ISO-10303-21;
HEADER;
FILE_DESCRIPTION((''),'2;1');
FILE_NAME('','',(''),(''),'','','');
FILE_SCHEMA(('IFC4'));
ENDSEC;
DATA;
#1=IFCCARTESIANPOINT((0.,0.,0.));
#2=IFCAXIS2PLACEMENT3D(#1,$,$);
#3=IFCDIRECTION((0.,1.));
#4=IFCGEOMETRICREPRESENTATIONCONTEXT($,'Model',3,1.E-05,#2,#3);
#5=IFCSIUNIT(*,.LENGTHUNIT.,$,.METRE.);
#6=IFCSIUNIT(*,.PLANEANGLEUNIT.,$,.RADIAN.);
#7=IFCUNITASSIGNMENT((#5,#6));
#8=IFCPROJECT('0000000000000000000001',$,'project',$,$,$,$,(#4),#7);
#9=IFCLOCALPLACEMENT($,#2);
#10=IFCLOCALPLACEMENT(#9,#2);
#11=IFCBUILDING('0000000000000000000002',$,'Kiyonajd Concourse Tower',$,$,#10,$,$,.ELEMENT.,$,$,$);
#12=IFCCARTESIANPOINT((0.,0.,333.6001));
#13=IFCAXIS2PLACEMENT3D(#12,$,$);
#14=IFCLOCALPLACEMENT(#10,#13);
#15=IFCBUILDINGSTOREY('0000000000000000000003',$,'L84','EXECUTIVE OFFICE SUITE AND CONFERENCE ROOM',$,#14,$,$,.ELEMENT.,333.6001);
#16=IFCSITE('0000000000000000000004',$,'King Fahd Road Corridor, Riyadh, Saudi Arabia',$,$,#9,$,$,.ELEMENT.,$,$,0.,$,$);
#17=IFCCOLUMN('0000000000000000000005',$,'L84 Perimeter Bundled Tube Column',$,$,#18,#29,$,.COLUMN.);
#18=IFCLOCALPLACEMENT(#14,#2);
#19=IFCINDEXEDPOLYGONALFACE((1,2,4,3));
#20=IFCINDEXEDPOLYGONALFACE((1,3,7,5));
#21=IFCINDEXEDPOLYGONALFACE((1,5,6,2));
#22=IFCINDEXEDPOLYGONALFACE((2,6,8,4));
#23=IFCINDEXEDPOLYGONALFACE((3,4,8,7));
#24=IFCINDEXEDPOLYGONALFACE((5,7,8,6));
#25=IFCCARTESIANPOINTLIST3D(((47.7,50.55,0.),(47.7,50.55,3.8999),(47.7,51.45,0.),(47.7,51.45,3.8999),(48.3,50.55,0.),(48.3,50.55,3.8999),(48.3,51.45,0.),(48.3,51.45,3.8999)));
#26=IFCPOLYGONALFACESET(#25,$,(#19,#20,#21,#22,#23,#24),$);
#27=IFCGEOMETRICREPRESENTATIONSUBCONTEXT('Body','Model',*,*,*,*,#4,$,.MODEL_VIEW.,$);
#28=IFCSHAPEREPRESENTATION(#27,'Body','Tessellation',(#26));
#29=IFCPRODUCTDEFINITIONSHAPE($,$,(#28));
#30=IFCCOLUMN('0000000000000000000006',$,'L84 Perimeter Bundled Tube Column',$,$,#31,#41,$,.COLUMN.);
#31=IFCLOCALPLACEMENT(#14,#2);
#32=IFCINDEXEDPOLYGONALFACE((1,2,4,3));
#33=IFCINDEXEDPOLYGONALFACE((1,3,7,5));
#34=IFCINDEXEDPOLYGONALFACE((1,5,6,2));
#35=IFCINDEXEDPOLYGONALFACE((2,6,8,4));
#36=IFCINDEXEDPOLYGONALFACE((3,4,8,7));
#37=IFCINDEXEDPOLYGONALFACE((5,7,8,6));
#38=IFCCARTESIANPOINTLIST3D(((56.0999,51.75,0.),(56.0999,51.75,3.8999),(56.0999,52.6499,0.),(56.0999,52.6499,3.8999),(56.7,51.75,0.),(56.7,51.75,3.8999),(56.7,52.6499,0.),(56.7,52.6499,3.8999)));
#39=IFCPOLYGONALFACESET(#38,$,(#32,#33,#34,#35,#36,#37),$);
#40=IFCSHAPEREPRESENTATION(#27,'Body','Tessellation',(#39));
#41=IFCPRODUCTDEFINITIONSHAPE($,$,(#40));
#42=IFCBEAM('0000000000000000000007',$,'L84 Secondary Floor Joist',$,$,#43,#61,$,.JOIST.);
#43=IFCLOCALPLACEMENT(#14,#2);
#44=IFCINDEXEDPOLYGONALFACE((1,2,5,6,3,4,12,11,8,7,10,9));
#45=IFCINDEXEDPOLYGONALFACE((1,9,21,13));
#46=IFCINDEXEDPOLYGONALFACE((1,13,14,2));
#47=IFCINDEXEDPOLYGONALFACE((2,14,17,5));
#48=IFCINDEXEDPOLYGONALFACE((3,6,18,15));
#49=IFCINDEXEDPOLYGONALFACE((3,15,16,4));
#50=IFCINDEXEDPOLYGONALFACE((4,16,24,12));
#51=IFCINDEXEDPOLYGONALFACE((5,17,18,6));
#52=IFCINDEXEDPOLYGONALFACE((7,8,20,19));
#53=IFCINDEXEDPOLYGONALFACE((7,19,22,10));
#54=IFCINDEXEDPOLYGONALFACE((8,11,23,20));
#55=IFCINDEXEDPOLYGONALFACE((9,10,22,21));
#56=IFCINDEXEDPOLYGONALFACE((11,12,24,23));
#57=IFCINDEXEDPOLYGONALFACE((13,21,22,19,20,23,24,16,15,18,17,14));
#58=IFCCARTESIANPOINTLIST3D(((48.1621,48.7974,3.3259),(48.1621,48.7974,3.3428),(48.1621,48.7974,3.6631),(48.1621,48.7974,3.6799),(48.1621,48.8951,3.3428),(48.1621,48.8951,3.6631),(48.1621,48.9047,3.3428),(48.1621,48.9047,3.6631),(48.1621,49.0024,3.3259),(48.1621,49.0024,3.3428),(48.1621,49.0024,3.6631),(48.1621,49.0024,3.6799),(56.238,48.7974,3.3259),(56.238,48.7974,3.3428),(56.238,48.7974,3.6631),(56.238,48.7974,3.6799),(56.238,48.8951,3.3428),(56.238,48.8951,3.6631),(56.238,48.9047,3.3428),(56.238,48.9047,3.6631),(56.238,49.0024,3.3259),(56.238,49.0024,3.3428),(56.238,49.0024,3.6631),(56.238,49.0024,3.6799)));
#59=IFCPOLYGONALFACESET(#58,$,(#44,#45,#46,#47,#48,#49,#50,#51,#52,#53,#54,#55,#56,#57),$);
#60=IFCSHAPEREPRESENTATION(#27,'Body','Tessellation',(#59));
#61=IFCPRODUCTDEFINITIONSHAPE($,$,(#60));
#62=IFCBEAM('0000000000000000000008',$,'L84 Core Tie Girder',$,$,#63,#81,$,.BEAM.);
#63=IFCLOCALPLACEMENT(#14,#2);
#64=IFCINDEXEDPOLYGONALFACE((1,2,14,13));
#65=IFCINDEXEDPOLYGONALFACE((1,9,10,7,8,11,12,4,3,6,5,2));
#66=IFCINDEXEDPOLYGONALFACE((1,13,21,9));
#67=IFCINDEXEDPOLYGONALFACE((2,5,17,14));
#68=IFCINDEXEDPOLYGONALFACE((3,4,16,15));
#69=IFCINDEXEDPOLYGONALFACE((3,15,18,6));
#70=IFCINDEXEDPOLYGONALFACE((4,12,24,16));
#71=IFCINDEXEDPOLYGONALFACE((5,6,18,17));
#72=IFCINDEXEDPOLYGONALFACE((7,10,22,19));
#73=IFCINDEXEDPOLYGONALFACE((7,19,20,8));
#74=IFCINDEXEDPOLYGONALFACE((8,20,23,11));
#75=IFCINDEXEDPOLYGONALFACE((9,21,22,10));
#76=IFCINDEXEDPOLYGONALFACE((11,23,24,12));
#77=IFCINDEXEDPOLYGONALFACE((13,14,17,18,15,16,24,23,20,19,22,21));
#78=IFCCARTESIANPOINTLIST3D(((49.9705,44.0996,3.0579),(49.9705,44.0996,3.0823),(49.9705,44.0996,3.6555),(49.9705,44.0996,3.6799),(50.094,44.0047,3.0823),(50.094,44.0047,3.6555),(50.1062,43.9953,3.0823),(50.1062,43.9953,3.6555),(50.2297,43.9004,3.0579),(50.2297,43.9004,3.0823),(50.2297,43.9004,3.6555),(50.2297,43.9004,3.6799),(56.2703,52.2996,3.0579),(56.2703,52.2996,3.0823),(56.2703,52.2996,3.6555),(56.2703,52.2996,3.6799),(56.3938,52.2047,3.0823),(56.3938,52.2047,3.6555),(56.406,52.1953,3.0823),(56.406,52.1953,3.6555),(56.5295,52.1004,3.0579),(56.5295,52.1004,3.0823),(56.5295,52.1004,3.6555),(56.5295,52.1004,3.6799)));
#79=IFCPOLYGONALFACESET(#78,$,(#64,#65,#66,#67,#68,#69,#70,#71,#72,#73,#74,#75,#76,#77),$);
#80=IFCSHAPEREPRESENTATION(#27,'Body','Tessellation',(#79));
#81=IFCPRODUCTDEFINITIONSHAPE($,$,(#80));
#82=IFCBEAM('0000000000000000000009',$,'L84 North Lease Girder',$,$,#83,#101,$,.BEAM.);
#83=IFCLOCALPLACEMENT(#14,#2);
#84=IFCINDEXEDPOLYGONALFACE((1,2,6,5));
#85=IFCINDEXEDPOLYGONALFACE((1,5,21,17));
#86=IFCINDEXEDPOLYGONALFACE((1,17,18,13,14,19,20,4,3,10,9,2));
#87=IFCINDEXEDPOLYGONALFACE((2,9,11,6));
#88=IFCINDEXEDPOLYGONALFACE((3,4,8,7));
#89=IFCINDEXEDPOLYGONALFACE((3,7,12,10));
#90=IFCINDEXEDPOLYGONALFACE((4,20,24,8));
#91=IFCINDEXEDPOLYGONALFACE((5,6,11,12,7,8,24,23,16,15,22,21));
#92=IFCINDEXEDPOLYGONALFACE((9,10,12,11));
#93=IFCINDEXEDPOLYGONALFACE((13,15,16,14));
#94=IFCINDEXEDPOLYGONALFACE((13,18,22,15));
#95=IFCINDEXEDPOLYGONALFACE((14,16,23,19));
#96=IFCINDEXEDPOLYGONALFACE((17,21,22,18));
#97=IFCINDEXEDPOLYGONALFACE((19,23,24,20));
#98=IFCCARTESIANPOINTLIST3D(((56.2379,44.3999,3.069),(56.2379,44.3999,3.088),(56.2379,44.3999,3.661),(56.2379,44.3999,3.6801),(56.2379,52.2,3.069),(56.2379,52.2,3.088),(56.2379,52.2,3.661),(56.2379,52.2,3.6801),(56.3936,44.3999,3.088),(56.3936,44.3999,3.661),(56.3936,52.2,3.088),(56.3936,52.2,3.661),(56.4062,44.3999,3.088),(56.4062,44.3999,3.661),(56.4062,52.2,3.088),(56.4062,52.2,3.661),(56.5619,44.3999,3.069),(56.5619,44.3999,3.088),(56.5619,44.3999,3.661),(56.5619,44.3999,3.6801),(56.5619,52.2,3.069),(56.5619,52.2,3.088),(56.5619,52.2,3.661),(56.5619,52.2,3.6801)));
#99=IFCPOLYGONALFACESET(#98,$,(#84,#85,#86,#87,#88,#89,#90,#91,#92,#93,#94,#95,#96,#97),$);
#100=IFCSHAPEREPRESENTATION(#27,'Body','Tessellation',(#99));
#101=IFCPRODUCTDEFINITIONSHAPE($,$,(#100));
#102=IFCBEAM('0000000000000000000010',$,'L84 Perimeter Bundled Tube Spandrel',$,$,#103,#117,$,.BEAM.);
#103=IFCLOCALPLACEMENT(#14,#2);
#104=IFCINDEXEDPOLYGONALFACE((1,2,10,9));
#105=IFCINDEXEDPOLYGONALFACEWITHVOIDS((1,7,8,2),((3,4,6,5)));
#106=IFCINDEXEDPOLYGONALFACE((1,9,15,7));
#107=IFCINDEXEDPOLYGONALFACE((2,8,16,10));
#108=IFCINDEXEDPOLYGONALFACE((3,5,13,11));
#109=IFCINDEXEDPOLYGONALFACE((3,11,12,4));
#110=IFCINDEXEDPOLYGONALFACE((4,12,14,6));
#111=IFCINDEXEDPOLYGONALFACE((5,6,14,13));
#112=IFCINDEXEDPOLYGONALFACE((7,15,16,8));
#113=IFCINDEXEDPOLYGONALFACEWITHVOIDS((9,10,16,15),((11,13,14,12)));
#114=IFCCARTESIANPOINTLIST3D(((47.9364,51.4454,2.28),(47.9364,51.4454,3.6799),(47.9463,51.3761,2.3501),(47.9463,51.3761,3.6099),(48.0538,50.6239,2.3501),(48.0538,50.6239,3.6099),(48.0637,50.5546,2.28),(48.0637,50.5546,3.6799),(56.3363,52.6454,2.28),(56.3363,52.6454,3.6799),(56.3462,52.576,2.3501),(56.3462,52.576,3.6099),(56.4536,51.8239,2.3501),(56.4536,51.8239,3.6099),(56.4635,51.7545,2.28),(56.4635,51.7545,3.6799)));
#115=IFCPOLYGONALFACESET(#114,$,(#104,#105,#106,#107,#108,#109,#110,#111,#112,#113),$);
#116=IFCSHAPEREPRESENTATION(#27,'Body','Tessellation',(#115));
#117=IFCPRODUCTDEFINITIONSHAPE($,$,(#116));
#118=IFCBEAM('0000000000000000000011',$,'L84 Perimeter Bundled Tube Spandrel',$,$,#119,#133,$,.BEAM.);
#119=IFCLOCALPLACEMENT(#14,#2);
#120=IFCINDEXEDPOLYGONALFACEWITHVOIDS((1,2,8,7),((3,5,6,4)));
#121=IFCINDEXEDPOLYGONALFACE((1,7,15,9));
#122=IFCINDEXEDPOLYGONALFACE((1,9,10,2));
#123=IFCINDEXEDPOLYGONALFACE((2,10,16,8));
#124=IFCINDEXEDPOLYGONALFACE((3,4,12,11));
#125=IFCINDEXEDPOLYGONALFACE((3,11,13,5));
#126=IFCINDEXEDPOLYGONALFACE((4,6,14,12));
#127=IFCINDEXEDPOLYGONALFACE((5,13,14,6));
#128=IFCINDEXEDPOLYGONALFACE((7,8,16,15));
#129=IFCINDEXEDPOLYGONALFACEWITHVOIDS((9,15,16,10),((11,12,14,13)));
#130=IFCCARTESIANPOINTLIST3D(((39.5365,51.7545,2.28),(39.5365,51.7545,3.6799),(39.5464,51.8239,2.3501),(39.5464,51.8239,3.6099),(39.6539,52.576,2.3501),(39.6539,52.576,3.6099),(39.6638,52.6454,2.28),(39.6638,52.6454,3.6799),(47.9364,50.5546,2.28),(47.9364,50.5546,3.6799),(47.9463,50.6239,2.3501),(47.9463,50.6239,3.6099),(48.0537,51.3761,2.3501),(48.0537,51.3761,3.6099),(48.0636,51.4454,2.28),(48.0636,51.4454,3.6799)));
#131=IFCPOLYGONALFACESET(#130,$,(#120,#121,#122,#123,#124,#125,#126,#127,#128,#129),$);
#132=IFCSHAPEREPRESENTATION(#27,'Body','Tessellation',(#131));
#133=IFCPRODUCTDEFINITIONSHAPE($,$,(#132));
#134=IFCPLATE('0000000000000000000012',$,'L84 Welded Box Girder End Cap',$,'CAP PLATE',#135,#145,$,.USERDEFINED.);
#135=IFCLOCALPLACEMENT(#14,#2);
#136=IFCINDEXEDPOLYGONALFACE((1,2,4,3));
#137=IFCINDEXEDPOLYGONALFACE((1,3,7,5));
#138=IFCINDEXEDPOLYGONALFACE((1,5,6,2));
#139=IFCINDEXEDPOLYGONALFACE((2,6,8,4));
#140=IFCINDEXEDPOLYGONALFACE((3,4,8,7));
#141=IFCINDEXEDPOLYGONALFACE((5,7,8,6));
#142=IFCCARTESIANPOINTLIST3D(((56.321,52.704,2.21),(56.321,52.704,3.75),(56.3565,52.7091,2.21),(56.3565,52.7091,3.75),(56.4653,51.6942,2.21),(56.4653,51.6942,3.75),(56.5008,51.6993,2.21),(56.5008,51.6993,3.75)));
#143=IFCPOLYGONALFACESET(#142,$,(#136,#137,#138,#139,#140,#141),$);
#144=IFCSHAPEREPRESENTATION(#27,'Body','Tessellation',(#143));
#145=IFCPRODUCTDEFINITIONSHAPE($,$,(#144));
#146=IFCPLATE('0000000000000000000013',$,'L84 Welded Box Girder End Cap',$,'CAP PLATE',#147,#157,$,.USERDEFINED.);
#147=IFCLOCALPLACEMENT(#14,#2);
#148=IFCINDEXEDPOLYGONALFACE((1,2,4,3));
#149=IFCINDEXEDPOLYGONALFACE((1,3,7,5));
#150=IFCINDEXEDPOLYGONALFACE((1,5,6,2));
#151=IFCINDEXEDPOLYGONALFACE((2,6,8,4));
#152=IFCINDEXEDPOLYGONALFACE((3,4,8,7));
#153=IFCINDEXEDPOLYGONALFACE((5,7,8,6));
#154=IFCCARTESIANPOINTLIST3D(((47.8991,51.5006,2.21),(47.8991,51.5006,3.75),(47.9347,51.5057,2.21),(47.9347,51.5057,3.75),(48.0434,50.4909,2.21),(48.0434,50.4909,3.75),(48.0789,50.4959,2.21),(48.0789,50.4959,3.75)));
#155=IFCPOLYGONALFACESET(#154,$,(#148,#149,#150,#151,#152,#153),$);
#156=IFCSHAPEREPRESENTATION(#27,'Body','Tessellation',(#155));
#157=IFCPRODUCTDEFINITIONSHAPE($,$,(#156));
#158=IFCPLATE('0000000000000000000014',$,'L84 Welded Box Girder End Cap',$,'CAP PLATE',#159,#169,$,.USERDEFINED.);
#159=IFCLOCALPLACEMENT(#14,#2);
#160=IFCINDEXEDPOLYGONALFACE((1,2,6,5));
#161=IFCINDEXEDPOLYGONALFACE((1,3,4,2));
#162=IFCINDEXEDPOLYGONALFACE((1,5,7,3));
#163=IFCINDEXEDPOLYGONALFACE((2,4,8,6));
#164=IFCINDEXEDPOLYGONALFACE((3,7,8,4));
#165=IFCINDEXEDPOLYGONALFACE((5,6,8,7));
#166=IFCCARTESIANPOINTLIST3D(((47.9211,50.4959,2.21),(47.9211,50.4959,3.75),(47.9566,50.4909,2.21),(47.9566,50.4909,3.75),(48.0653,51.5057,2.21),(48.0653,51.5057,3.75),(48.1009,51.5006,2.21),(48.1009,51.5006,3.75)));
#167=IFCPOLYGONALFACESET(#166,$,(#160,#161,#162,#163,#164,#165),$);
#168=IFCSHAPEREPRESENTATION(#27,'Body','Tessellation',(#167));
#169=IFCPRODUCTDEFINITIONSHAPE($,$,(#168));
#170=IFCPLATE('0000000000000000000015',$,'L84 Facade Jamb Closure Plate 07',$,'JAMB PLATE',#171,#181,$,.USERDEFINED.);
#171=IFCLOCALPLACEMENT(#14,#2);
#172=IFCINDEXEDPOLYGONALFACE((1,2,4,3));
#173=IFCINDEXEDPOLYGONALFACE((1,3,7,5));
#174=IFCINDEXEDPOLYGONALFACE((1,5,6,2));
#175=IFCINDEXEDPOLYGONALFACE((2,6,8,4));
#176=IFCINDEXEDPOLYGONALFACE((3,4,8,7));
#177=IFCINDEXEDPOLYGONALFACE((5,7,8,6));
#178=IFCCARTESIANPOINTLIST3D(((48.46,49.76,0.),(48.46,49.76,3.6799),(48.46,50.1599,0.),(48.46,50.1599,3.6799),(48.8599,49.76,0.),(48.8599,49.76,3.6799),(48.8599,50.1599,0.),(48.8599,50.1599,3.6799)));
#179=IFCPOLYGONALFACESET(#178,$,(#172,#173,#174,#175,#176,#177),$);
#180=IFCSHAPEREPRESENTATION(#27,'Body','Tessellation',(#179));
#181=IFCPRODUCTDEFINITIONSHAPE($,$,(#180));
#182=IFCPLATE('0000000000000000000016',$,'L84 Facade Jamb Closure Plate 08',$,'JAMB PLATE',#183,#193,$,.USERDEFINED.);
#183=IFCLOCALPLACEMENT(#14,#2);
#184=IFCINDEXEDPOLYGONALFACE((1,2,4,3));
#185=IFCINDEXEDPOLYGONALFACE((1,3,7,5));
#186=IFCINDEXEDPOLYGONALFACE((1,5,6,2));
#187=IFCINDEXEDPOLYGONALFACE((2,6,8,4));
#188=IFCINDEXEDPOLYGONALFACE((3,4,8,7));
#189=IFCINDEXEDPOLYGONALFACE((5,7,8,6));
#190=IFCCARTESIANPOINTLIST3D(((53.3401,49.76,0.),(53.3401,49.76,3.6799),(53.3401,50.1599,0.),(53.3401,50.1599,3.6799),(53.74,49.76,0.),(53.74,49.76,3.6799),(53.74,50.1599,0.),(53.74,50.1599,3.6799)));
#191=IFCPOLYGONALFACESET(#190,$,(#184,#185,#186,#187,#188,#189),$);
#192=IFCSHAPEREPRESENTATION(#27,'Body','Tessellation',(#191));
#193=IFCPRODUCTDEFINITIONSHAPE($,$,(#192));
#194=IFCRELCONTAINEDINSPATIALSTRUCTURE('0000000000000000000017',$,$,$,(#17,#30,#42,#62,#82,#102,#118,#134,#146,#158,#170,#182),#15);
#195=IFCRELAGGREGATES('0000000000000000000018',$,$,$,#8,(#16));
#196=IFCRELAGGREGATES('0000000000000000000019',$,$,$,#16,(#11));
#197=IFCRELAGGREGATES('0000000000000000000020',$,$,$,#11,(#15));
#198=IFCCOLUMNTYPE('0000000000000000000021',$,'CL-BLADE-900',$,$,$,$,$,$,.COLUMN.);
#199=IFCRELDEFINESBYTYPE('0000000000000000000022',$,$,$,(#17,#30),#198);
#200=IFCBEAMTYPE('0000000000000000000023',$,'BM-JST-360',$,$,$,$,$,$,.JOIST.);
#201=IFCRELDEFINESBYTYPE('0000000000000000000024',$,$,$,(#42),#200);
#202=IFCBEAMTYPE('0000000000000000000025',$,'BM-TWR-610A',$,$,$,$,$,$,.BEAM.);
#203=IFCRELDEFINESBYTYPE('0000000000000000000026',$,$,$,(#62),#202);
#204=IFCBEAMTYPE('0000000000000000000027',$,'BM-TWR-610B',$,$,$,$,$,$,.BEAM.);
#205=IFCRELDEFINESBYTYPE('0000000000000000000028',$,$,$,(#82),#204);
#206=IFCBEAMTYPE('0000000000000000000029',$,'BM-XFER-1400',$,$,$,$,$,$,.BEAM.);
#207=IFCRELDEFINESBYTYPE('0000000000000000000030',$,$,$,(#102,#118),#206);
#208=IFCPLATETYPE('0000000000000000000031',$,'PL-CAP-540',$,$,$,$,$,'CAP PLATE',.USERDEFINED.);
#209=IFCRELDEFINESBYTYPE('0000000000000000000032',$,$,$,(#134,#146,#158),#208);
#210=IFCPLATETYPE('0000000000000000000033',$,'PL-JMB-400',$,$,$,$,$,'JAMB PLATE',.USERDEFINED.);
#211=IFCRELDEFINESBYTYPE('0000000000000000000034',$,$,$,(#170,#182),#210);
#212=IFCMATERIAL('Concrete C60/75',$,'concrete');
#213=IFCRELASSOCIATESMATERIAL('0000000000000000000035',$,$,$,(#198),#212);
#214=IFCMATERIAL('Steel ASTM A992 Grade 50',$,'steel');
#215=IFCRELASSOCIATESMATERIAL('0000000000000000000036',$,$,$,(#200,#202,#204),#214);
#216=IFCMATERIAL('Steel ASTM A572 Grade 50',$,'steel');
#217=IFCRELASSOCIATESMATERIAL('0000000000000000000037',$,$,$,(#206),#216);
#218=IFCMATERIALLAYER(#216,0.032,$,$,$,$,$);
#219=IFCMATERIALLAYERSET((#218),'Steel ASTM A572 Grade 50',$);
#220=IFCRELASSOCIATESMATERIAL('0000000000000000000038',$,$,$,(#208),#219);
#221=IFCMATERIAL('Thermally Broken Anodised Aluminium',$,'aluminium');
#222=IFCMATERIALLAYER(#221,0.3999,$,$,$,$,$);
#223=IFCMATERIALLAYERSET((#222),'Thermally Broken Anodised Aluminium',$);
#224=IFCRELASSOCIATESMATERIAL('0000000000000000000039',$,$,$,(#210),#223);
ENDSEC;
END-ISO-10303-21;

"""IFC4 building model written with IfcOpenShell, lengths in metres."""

from ifc_helpers import new_model, si_unit, direction, frame, origin, origin_2d, place, context, subcontext, project, spatial, rectangle, hollow_rectangle, i_section, extrude, material, layer, layer_set, material_profile, profile_set, type_object, element, save


model = new_model("IFC4")

# Units and contexts
model_context = context("Model", 3, precision=1e-05, world=origin(), true_north=direction((0.0, 1.0)))
body_context = subcontext(model_context, "Body", "Model", "MODEL_VIEW")
ifc_project = project(units=[si_unit("LENGTHUNIT", "METRE"), si_unit("PLANEANGLEUNIT", "RADIAN")], contexts=[model_context])

# Site, building, storey
site_placement = place(None, origin())
site = spatial("IfcSite", under=ifc_project, at=site_placement, Name="King Fahd Road Corridor, Riyadh, Saudi Arabia", CompositionType="ELEMENT", RefElevation=0.0)
building_placement = place(site_placement, origin())
building = spatial("IfcBuilding", under=site, at=building_placement, Name="Kiyonajd Concourse Tower", CompositionType="ELEMENT")
storey_placement = place(building_placement, frame((0.0, 0.0, 333.6001)))
storey = spatial("IfcBuildingStorey", under=building, at=storey_placement, Name="L84", Description="EXECUTIVE OFFICE SUITE AND CONFERENCE ROOM", CompositionType="ELEMENT", Elevation=333.6001)

# Columns
ifc_material_1 = material(Name="Concrete C60/75", Category="concrete")
ifc_material_profile_1 = material_profile(ifc_material_1, rectangle(XDim=0.6001, YDim=0.8999, at=origin_2d()), Name="RC-900x600")
ifc_profile_set_1 = profile_set([ifc_material_profile_1], Name="Concrete C60/75")
column_type = type_object("IfcColumnType", Name="CL-BLADE-900", PredefinedType="COLUMN", material=ifc_profile_set_1)
for number, where, z_axis, x_axis, name in (
    (1, (48.0, 51.0, 0.0), (0.0, 0.0, 1.0), (1.0, 0.0, 0.0), "L84 Perimeter Bundled Tube Column"),
    (2, (56.3999, 52.2, 0.0), (0.0, 0.0, 1.0), (1.0, 0.0, 0.0), "L84 Perimeter Bundled Tube Column"),
):
    element("IfcColumn", number, at=place(storey_placement, frame(where, z_axis=z_axis, x_axis=x_axis)), inside=storey, type_object=column_type, Name=name, PredefinedType="COLUMN", context=body_context, shape_type="SweptSolid", body=[
        extrude(rectangle(XDim=0.6001, YDim=0.8999, at=origin_2d()), origin(), (0.0, 0.0, 1.0), 3.8999),
    ])

# Beams
ifc_material_2 = material(Name="Steel ASTM A992 Grade 50", Category="steel")
ifc_material_profile_2 = material_profile(ifc_material_2, i_section(OverallWidth=0.2051, OverallDepth=0.354, WebThickness=0.0095, FlangeThickness=0.0168, at=origin_2d()), Name="W360X79")
ifc_profile_set_2 = profile_set([ifc_material_profile_2], Name="Steel ASTM A992 Grade 50")
beam_type_1 = type_object("IfcBeamType", Name="BM-JST-360", PredefinedType="JOIST", material=ifc_profile_set_2)
beam_1_placement = place(storey_placement, frame((48.1621, 48.8999, 3.5029), z_axis=(1.0, 0.0, 0.0), x_axis=(0.0, 1.0, 0.0)))
element("IfcBeam", 3, at=beam_1_placement, inside=storey, type_object=beam_type_1, Name="L84 Secondary Floor Joist", PredefinedType="JOIST", context=body_context, shape_type="SweptSolid", body=[
    extrude(i_section(OverallWidth=0.2051, OverallDepth=0.354, WebThickness=0.0095, FlangeThickness=0.0168, at=origin_2d()), origin(), (0.0, 0.0, 1.0), 8.0759),
])
ifc_material_profile_3 = material_profile(ifc_material_2, i_section(OverallWidth=0.3269, OverallDepth=0.6221, WebThickness=0.0154, FlangeThickness=0.0244, at=origin_2d()), Name="W610X195")
ifc_profile_set_3 = profile_set([ifc_material_profile_3], Name="Steel ASTM A992 Grade 50")
beam_type_2 = type_object("IfcBeamType", Name="BM-TWR-610A", PredefinedType="BEAM", material=ifc_profile_set_3)
beam_2_placement = place(storey_placement, frame((50.1001, 44.0, 3.3689), z_axis=(0.609234, 0.792991, 0.0), x_axis=(-0.792991, 0.609234, 0.0)))
element("IfcBeam", 4, at=beam_2_placement, inside=storey, type_object=beam_type_2, Name="L84 Core Tie Girder", PredefinedType="BEAM", context=body_context, shape_type="SweptSolid", body=[
    extrude(i_section(OverallWidth=0.3269, OverallDepth=0.6221, WebThickness=0.0154, FlangeThickness=0.0244, at=origin_2d()), origin(), (0.0, 0.0, 1.0), 10.3406),
])
ifc_material_profile_4 = material_profile(ifc_material_2, i_section(OverallWidth=0.324, OverallDepth=0.6111, WebThickness=0.0127, FlangeThickness=0.019, at=origin_2d()), Name="W610X155")
ifc_profile_set_4 = profile_set([ifc_material_profile_4], Name="Steel ASTM A992 Grade 50")
beam_type_3 = type_object("IfcBeamType", Name="BM-TWR-610B", PredefinedType="BEAM", material=ifc_profile_set_4)
beam_3_placement = place(storey_placement, frame((56.3999, 44.3999, 3.3745), z_axis=(0.0, 1.0, 0.0), x_axis=(-1.0, 0.0, 0.0)))
element("IfcBeam", 5, at=beam_3_placement, inside=storey, type_object=beam_type_3, Name="L84 North Lease Girder", PredefinedType="BEAM", context=body_context, shape_type="SweptSolid", body=[
    extrude(i_section(OverallWidth=0.324, OverallDepth=0.6111, WebThickness=0.0127, FlangeThickness=0.019, at=origin_2d()), origin(), (0.0, 0.0, 1.0), 7.8),
])
ifc_material_3 = material(Name="Steel ASTM A572 Grade 50", Category="steel")
ifc_material_profile_5 = material_profile(ifc_material_3, hollow_rectangle(XDim=0.8999, YDim=1.3999, WallThickness=0.0701, at=origin_2d()), Name="BOX-1400x900x70")
ifc_profile_set_5 = profile_set([ifc_material_profile_5], Name="Steel ASTM A572 Grade 50")
beam_type_4 = type_object("IfcBeamType", Name="BM-XFER-1400", PredefinedType="BEAM", material=ifc_profile_set_5)
for number, where, z_axis, x_axis, name in (
    (6, (56.3999, 52.2, 2.98), (-0.98995, -0.141417, 0.0), (0.141417, -0.98995, 0.0), "L84 Perimeter Bundled Tube Spandrel"),
    (7, (48.0, 51.0, 2.98), (-0.98995, 0.141417, 0.0), (-0.141417, -0.98995, 0.0), "L84 Perimeter Bundled Tube Spandrel"),
):
    element("IfcBeam", number, at=place(storey_placement, frame(where, z_axis=z_axis, x_axis=x_axis)), inside=storey, type_object=beam_type_4, Name=name, PredefinedType="BEAM", context=body_context, shape_type="SweptSolid", body=[
        extrude(hollow_rectangle(XDim=0.8999, YDim=1.3999, WallThickness=0.0701, at=origin_2d()), origin(), (0.0, 0.0, 1.0), 8.4851),
    ])

# Plates
ifc_layer_1 = layer(ifc_material_3, 0.032)
ifc_layer_set_1 = layer_set([ifc_layer_1], Name="Steel ASTM A572 Grade 50")
plate_type_1 = type_object("IfcPlateType", Name="PL-CAP-540", ElementType="CAP PLATE", PredefinedType="USERDEFINED", material=ifc_layer_set_1)
for number, where, z_axis, x_axis, name in (
    (8, (56.4109, 52.2017, 2.21), (0.0, 0.0, 1.0), (0.98995, 0.14142, 0.0), "L84 Welded Box Girder End Cap"),
    (9, (47.989, 50.9983, 2.21), (0.0, 0.0, 1.0), (-0.98995, -0.14142, 0.0), "L84 Welded Box Girder End Cap"),
    (10, (48.011, 50.9983, 2.21), (0.0, 0.0, 1.0), (0.98995, -0.14142, 0.0), "L84 Welded Box Girder End Cap"),
):
    element("IfcPlate", number, at=place(storey_placement, frame(where, z_axis=z_axis, x_axis=x_axis)), inside=storey, type_object=plate_type_1, Name=name, ObjectType="CAP PLATE", PredefinedType="USERDEFINED", context=body_context, shape_type="SweptSolid", body=[
        extrude(rectangle(XDim=0.0359, YDim=1.02, at=origin_2d()), origin(), (0.0, 0.0, 1.0), 1.54),
    ])
ifc_material_4 = material(Name="Thermally Broken Anodised Aluminium", Category="aluminium")
ifc_layer_2 = layer(ifc_material_4, 0.3999)
ifc_layer_set_2 = layer_set([ifc_layer_2], Name="Thermally Broken Anodised Aluminium")
plate_type_2 = type_object("IfcPlateType", Name="PL-JMB-400", ElementType="JAMB PLATE", PredefinedType="USERDEFINED", material=ifc_layer_set_2)
for number, where, z_axis, x_axis, name in (
    (11, (48.6599, 49.96, 0.0), (0.0, 0.0, 1.0), (1.0, 0.0, 0.0), "L84 Facade Jamb Closure Plate 07"),
    (12, (53.54, 49.96, 0.0), (0.0, 0.0, 1.0), (1.0, 0.0, 0.0), "L84 Facade Jamb Closure Plate 08"),
):
    element("IfcPlate", number, at=place(storey_placement, frame(where, z_axis=z_axis, x_axis=x_axis)), inside=storey, type_object=plate_type_2, Name=name, ObjectType="JAMB PLATE", PredefinedType="USERDEFINED", context=body_context, shape_type="SweptSolid", body=[
        extrude(rectangle(XDim=0.3999, YDim=0.3999, at=origin_2d()), origin(), (0.0, 0.0, 1.0), 3.6799),
    ])

save(model, "model.ifc")
